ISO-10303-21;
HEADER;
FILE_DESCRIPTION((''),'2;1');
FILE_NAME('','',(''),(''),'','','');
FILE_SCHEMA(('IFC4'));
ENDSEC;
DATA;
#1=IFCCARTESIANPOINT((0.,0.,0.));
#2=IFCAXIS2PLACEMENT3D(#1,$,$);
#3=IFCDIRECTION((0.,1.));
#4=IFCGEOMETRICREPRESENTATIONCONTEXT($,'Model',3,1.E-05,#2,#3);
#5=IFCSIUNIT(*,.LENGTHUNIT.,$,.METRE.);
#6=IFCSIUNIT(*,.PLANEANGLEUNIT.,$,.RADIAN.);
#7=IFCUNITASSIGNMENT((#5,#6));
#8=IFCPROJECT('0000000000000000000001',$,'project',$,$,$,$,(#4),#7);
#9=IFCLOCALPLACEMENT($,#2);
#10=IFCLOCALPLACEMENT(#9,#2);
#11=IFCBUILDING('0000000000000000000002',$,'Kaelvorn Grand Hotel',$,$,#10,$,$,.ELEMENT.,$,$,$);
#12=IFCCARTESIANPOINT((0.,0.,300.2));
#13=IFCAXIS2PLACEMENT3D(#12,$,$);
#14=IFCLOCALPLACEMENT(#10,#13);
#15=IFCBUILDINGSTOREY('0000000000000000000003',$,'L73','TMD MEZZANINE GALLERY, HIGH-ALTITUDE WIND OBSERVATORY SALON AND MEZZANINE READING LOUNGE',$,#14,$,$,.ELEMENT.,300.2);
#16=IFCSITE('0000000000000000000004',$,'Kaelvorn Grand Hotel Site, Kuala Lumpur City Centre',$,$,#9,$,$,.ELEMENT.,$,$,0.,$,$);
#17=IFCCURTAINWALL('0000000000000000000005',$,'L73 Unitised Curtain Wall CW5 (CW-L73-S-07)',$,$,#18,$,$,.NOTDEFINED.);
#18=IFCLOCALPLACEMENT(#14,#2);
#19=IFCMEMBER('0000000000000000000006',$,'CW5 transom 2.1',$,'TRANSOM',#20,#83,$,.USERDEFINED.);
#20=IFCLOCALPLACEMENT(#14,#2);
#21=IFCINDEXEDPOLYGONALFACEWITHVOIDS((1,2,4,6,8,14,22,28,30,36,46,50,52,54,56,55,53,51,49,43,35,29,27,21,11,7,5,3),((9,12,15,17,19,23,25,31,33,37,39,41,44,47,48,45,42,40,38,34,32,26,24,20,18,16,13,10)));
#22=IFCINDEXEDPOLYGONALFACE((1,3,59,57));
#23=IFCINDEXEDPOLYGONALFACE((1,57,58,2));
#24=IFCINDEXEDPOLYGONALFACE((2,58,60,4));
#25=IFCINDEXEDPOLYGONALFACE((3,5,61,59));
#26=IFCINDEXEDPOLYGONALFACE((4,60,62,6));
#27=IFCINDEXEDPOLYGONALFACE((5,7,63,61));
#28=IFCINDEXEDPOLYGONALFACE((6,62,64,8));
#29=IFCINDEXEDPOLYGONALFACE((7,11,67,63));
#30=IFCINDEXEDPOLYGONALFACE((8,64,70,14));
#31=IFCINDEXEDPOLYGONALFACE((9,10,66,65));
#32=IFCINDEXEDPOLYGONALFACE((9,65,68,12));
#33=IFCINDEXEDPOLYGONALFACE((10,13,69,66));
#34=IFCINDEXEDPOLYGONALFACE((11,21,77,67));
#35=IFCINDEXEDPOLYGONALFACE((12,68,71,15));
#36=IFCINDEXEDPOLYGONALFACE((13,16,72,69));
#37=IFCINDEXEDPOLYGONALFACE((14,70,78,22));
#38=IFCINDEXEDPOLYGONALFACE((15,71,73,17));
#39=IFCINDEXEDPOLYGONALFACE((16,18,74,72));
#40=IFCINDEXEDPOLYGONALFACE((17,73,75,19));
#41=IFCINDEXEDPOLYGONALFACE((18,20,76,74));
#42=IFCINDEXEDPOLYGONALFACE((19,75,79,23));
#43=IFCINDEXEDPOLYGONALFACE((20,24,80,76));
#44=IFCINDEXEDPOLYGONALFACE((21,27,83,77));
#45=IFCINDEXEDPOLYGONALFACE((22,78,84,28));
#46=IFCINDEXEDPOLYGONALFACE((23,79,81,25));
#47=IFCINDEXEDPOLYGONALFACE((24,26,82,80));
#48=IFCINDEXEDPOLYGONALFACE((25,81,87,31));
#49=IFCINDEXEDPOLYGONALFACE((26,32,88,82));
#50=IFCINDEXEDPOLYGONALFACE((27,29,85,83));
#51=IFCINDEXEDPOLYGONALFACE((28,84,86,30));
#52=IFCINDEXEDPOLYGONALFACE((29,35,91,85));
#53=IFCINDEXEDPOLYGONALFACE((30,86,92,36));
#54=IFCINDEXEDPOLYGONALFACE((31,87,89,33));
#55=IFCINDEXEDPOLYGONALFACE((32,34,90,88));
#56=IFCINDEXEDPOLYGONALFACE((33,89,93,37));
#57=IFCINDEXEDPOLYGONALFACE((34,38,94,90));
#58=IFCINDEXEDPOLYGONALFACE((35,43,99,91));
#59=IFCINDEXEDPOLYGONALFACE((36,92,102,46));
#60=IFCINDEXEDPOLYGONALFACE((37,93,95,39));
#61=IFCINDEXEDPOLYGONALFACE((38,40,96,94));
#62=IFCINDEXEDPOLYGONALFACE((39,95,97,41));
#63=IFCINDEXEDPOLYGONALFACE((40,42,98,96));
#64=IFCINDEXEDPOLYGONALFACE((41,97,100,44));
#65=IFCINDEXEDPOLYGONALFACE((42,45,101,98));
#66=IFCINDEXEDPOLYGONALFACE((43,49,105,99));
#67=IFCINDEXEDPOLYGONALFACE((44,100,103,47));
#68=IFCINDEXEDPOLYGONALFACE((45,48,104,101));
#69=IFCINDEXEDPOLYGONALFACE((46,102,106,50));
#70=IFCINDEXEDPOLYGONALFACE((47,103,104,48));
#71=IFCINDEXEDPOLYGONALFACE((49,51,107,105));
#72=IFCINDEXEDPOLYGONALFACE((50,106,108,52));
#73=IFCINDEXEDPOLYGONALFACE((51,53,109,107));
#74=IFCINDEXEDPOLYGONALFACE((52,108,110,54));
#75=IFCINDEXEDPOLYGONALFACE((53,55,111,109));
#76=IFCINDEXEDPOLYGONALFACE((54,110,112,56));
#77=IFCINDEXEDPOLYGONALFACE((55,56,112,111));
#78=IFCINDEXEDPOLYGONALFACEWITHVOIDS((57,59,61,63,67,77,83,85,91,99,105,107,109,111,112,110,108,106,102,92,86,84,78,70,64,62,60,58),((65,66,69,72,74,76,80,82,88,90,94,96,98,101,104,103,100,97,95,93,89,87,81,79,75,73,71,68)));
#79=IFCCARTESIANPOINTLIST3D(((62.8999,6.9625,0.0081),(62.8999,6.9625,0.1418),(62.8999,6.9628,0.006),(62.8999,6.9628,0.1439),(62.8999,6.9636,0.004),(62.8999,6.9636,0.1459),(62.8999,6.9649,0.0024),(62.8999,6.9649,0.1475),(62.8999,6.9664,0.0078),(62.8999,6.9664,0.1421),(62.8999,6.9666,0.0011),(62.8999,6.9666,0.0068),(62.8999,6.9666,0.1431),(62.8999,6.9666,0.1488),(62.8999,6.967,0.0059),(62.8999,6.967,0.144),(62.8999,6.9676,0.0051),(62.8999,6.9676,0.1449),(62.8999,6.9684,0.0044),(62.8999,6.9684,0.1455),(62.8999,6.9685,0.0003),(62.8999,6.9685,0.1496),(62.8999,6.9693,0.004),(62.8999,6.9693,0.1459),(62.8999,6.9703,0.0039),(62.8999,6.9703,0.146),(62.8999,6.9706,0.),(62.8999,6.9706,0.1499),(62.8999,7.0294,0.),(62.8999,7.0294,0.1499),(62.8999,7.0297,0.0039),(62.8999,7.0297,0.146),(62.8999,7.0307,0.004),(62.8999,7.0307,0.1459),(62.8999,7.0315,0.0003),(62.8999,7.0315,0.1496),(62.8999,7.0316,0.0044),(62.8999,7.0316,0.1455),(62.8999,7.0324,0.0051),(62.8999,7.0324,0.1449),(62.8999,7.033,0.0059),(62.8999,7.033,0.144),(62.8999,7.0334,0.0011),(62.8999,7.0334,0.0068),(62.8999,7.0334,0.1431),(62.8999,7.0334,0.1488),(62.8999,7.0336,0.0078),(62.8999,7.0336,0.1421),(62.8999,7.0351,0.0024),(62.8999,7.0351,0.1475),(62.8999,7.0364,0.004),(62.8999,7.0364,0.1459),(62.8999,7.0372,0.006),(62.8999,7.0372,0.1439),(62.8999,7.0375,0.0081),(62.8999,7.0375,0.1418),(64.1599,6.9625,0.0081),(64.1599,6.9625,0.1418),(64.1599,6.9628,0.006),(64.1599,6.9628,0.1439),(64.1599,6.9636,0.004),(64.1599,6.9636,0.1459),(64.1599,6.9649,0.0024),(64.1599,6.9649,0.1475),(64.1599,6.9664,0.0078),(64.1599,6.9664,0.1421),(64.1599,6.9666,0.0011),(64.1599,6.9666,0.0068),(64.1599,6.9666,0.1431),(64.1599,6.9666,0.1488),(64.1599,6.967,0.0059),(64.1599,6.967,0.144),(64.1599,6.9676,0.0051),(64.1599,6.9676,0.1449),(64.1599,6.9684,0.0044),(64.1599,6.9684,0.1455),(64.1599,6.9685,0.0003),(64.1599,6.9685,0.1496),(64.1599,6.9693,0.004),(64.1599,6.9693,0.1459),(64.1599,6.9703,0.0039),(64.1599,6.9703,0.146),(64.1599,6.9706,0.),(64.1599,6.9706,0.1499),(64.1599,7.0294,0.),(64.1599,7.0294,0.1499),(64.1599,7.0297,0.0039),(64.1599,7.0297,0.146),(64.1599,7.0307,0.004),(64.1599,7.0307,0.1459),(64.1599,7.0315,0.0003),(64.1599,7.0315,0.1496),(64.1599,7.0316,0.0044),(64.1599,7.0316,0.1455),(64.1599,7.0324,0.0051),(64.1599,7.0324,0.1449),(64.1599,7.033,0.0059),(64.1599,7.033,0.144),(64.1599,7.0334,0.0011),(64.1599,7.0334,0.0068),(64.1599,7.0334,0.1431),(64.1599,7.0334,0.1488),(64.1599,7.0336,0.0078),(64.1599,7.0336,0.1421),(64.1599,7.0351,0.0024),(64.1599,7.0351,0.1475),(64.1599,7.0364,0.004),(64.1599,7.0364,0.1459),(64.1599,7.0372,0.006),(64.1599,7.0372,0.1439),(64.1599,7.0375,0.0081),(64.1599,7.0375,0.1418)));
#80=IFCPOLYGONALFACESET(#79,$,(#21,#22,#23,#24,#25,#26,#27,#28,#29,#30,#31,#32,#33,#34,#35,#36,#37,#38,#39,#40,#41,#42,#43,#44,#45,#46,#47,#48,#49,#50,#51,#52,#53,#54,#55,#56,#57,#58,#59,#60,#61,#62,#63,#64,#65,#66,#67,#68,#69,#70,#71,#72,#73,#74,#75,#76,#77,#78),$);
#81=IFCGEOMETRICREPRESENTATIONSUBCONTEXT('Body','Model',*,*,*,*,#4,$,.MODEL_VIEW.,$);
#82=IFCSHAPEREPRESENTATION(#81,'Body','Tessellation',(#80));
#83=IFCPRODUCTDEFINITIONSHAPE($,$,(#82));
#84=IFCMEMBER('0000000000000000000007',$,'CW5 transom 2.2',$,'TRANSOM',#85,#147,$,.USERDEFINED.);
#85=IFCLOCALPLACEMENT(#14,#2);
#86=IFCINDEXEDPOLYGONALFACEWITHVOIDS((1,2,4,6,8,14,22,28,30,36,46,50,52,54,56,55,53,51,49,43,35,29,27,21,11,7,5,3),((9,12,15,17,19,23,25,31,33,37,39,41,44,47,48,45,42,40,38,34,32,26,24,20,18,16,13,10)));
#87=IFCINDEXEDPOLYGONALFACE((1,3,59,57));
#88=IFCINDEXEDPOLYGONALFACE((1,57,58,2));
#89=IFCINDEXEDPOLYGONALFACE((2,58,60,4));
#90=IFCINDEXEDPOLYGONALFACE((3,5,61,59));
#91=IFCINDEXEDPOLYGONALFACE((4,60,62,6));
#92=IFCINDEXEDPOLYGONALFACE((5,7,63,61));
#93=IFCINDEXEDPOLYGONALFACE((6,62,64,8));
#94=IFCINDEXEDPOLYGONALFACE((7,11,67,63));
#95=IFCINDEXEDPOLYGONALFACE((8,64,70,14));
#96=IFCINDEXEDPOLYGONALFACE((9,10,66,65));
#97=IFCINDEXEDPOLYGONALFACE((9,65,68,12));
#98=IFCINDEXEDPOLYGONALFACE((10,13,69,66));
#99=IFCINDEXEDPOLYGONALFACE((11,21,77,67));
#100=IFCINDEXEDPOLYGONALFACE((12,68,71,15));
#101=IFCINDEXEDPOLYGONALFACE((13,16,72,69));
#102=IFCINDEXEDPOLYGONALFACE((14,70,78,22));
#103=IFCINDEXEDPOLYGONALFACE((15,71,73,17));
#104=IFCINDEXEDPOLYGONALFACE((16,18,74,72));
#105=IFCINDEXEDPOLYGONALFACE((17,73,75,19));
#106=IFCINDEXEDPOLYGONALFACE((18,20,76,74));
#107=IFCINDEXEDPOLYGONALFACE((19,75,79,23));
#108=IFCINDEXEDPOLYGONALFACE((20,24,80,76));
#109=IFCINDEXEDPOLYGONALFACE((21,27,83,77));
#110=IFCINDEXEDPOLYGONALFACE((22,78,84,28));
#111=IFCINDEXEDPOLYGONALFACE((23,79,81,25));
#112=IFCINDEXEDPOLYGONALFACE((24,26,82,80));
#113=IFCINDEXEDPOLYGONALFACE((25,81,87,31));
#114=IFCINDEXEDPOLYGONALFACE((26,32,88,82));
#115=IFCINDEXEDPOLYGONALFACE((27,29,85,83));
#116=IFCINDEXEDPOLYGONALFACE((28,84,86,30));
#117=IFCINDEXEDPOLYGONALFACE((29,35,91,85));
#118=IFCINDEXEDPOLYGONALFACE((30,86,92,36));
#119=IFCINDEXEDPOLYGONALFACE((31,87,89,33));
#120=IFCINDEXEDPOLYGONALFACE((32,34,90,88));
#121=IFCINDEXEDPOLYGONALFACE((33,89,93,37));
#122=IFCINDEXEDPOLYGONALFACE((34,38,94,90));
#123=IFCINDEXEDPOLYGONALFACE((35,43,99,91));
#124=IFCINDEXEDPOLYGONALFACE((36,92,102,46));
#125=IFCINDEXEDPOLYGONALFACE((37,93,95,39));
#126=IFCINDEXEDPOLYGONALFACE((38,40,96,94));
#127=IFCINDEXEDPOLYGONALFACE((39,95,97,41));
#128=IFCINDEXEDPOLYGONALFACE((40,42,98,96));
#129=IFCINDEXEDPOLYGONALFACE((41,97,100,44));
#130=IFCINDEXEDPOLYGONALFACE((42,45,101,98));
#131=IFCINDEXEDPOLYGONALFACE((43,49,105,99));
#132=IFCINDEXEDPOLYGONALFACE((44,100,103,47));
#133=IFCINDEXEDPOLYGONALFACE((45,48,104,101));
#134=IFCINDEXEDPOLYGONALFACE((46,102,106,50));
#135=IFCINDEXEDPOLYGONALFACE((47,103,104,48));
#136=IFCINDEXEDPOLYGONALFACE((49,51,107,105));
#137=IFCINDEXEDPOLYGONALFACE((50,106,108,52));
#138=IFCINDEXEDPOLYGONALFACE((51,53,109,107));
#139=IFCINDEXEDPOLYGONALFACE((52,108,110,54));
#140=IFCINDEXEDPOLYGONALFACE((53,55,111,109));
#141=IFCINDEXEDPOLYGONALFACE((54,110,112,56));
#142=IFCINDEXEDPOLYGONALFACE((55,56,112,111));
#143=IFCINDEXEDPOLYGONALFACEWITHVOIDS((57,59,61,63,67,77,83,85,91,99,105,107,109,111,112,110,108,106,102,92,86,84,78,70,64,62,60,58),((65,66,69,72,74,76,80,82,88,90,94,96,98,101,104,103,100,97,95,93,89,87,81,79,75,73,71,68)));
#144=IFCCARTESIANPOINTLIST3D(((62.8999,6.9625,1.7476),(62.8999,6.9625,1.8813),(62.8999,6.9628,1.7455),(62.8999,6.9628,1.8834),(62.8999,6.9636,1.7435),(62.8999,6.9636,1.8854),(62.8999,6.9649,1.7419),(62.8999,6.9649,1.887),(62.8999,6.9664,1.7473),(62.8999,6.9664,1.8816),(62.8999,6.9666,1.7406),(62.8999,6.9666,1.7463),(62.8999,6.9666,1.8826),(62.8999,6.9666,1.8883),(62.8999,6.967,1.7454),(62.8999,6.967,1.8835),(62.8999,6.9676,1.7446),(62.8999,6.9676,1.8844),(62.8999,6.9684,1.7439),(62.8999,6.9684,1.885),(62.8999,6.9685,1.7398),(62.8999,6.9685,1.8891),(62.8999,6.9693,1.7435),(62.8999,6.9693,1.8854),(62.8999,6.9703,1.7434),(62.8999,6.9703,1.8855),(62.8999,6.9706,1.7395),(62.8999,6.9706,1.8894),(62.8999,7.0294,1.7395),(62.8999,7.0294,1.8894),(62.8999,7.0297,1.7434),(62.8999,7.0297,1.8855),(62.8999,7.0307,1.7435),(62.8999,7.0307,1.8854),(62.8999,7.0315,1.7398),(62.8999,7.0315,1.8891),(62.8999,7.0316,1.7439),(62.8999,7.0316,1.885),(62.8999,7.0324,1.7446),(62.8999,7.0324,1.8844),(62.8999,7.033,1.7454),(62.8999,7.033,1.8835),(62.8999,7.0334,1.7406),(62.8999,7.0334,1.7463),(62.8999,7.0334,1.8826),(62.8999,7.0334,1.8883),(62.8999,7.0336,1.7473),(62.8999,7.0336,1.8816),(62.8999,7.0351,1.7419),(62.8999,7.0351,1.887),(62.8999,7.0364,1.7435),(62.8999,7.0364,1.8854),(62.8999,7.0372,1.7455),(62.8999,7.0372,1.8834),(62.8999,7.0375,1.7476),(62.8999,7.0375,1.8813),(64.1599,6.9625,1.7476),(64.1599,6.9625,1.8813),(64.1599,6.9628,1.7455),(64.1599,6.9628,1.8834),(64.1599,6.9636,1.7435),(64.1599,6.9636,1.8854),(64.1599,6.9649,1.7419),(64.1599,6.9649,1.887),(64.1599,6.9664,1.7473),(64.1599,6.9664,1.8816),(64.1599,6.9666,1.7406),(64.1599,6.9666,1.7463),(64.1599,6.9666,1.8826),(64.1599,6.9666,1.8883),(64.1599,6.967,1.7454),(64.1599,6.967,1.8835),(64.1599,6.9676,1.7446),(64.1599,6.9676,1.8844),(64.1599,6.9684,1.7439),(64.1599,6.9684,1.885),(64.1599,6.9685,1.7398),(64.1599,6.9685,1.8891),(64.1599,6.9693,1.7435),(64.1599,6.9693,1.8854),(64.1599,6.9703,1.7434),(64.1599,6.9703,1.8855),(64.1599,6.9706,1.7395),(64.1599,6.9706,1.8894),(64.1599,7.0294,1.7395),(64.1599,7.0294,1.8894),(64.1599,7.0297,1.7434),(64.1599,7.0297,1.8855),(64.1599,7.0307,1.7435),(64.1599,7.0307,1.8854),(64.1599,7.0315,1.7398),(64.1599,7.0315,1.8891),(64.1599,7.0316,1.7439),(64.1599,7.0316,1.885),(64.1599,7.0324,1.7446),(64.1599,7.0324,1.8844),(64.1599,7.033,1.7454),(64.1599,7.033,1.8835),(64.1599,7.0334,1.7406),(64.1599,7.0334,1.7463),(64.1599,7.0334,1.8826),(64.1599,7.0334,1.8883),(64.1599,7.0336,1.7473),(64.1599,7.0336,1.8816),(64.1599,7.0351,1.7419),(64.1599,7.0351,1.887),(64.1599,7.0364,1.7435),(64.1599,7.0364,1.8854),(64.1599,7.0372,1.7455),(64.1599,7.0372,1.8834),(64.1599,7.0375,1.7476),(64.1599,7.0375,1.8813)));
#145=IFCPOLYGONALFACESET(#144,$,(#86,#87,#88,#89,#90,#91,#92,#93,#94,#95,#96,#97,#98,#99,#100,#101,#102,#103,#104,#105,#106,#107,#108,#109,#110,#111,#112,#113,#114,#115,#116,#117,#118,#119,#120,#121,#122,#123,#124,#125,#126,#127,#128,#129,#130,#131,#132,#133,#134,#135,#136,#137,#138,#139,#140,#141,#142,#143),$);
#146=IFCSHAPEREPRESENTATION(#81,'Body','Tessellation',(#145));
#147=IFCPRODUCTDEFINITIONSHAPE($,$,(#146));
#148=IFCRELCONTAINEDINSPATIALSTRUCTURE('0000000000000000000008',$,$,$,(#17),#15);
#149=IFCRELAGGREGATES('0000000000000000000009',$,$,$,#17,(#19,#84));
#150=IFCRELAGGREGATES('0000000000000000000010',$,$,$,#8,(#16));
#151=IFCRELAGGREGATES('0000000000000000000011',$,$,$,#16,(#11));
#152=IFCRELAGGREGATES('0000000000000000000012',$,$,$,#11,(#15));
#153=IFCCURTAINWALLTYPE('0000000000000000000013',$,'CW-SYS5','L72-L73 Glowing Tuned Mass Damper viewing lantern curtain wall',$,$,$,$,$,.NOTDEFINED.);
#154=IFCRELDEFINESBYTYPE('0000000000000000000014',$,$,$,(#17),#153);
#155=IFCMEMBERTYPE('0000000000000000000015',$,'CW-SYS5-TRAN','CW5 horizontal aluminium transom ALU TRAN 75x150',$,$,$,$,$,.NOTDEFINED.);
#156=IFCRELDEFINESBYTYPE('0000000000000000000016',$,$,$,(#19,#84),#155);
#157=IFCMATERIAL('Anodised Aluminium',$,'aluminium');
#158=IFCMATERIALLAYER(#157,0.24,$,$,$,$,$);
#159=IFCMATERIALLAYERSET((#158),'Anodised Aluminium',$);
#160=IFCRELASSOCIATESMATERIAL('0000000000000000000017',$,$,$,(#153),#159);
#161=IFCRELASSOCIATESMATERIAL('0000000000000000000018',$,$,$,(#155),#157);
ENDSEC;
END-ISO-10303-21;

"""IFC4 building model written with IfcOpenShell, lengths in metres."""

from ifc_helpers import new_model, si_unit, direction, frame, origin, origin_2d, place, context, subcontext, project, spatial, hollow_rectangle, extrude, material, layer, layer_set, material_profile, profile_set, type_object, element, aggregate, save


model = new_model("IFC4")

# Units and contexts
model_context = context("Model", 3, precision=1e-05, world=origin(), true_north=direction((0.0, 1.0)))
body_context = subcontext(model_context, "Body", "Model", "MODEL_VIEW")
ifc_project = project(units=[si_unit("LENGTHUNIT", "METRE"), si_unit("PLANEANGLEUNIT", "RADIAN")], contexts=[model_context])

# Site, building, storey
site_placement = place(None, origin())
site = spatial("IfcSite", under=ifc_project, at=site_placement, Name="Kaelvorn Grand Hotel Site, Kuala Lumpur City Centre", CompositionType="ELEMENT", RefElevation=0.0)
building_placement = place(site_placement, origin())
building = spatial("IfcBuilding", under=site, at=building_placement, Name="Kaelvorn Grand Hotel", CompositionType="ELEMENT")
storey_placement = place(building_placement, frame((0.0, 0.0, 300.2)))
storey = spatial("IfcBuildingStorey", under=building, at=storey_placement, Name="L73", Description="TMD MEZZANINE GALLERY, HIGH-ALTITUDE WIND OBSERVATORY SALON AND MEZZANINE READING LOUNGE", CompositionType="ELEMENT", Elevation=300.2)

# Curtain wall, members
ifc_material_1 = material(Name="Anodised Aluminium", Category="aluminium")
ifc_layer_1 = layer(ifc_material_1, 0.24)
ifc_layer_set_1 = layer_set([ifc_layer_1], Name="Anodised Aluminium")
curtain_wall_type = type_object("IfcCurtainWallType", Name="CW-SYS5", Description="L72-L73 Glowing Tuned Mass Damper viewing lantern curtain wall", PredefinedType="NOTDEFINED", material=ifc_layer_set_1)
curtain_wall_placement = place(storey_placement, origin())
curtain_wall = element("IfcCurtainWall", 1, at=curtain_wall_placement, inside=storey, type_object=curtain_wall_type, Name="L73 Unitised Curtain Wall CW5 (CW-L73-S-07)", PredefinedType="NOTDEFINED")
ifc_material_profile_1 = material_profile(ifc_material_1, hollow_rectangle(XDim=0.075, YDim=0.1499, WallThickness=0.0039, InnerFilletRadius=0.0039, OuterFilletRadius=0.0081, at=origin_2d()), Name="ALU TRAN 75x150")
ifc_profile_set_1 = profile_set([ifc_material_profile_1], Name="Anodised Aluminium")
member_type_1 = type_object("IfcMemberType", Name="CW-SYS5-TRAN", Description="CW5 horizontal aluminium transom ALU TRAN 75x150", PredefinedType="NOTDEFINED", material=ifc_profile_set_1)
member_1_placement = place(storey_placement, frame((62.8999, 7.0, 0.075), z_axis=(1.0, 0.0, 0.0), x_axis=(0.0, 1.0, 0.0)))
member_1 = element("IfcMember", 2, at=member_1_placement, type_object=member_type_1, Name="CW5 transom 2.1", ObjectType="TRANSOM", PredefinedType="USERDEFINED", context=body_context, shape_type="SweptSolid", body=[
    extrude(hollow_rectangle(XDim=0.075, YDim=0.1499, WallThickness=0.0039, InnerFilletRadius=0.0039, OuterFilletRadius=0.0081, at=origin_2d()), origin(), (0.0, 0.0, 1.0), 1.26),
])
member_2_placement = place(storey_placement, frame((62.8999, 7.0, 1.8145), z_axis=(1.0, 0.0, 0.0), x_axis=(0.0, 1.0, 0.0)))
member_2 = element("IfcMember", 3, at=member_2_placement, type_object=member_type_1, Name="CW5 transom 2.2", ObjectType="TRANSOM", PredefinedType="USERDEFINED", context=body_context, shape_type="SweptSolid", body=[
    extrude(hollow_rectangle(XDim=0.075, YDim=0.1499, WallThickness=0.0039, InnerFilletRadius=0.0039, OuterFilletRadius=0.0081, at=origin_2d()), origin(), (0.0, 0.0, 1.0), 1.26),
])
aggregate(curtain_wall, [member_1, member_2])

save(model, "model.ifc")
